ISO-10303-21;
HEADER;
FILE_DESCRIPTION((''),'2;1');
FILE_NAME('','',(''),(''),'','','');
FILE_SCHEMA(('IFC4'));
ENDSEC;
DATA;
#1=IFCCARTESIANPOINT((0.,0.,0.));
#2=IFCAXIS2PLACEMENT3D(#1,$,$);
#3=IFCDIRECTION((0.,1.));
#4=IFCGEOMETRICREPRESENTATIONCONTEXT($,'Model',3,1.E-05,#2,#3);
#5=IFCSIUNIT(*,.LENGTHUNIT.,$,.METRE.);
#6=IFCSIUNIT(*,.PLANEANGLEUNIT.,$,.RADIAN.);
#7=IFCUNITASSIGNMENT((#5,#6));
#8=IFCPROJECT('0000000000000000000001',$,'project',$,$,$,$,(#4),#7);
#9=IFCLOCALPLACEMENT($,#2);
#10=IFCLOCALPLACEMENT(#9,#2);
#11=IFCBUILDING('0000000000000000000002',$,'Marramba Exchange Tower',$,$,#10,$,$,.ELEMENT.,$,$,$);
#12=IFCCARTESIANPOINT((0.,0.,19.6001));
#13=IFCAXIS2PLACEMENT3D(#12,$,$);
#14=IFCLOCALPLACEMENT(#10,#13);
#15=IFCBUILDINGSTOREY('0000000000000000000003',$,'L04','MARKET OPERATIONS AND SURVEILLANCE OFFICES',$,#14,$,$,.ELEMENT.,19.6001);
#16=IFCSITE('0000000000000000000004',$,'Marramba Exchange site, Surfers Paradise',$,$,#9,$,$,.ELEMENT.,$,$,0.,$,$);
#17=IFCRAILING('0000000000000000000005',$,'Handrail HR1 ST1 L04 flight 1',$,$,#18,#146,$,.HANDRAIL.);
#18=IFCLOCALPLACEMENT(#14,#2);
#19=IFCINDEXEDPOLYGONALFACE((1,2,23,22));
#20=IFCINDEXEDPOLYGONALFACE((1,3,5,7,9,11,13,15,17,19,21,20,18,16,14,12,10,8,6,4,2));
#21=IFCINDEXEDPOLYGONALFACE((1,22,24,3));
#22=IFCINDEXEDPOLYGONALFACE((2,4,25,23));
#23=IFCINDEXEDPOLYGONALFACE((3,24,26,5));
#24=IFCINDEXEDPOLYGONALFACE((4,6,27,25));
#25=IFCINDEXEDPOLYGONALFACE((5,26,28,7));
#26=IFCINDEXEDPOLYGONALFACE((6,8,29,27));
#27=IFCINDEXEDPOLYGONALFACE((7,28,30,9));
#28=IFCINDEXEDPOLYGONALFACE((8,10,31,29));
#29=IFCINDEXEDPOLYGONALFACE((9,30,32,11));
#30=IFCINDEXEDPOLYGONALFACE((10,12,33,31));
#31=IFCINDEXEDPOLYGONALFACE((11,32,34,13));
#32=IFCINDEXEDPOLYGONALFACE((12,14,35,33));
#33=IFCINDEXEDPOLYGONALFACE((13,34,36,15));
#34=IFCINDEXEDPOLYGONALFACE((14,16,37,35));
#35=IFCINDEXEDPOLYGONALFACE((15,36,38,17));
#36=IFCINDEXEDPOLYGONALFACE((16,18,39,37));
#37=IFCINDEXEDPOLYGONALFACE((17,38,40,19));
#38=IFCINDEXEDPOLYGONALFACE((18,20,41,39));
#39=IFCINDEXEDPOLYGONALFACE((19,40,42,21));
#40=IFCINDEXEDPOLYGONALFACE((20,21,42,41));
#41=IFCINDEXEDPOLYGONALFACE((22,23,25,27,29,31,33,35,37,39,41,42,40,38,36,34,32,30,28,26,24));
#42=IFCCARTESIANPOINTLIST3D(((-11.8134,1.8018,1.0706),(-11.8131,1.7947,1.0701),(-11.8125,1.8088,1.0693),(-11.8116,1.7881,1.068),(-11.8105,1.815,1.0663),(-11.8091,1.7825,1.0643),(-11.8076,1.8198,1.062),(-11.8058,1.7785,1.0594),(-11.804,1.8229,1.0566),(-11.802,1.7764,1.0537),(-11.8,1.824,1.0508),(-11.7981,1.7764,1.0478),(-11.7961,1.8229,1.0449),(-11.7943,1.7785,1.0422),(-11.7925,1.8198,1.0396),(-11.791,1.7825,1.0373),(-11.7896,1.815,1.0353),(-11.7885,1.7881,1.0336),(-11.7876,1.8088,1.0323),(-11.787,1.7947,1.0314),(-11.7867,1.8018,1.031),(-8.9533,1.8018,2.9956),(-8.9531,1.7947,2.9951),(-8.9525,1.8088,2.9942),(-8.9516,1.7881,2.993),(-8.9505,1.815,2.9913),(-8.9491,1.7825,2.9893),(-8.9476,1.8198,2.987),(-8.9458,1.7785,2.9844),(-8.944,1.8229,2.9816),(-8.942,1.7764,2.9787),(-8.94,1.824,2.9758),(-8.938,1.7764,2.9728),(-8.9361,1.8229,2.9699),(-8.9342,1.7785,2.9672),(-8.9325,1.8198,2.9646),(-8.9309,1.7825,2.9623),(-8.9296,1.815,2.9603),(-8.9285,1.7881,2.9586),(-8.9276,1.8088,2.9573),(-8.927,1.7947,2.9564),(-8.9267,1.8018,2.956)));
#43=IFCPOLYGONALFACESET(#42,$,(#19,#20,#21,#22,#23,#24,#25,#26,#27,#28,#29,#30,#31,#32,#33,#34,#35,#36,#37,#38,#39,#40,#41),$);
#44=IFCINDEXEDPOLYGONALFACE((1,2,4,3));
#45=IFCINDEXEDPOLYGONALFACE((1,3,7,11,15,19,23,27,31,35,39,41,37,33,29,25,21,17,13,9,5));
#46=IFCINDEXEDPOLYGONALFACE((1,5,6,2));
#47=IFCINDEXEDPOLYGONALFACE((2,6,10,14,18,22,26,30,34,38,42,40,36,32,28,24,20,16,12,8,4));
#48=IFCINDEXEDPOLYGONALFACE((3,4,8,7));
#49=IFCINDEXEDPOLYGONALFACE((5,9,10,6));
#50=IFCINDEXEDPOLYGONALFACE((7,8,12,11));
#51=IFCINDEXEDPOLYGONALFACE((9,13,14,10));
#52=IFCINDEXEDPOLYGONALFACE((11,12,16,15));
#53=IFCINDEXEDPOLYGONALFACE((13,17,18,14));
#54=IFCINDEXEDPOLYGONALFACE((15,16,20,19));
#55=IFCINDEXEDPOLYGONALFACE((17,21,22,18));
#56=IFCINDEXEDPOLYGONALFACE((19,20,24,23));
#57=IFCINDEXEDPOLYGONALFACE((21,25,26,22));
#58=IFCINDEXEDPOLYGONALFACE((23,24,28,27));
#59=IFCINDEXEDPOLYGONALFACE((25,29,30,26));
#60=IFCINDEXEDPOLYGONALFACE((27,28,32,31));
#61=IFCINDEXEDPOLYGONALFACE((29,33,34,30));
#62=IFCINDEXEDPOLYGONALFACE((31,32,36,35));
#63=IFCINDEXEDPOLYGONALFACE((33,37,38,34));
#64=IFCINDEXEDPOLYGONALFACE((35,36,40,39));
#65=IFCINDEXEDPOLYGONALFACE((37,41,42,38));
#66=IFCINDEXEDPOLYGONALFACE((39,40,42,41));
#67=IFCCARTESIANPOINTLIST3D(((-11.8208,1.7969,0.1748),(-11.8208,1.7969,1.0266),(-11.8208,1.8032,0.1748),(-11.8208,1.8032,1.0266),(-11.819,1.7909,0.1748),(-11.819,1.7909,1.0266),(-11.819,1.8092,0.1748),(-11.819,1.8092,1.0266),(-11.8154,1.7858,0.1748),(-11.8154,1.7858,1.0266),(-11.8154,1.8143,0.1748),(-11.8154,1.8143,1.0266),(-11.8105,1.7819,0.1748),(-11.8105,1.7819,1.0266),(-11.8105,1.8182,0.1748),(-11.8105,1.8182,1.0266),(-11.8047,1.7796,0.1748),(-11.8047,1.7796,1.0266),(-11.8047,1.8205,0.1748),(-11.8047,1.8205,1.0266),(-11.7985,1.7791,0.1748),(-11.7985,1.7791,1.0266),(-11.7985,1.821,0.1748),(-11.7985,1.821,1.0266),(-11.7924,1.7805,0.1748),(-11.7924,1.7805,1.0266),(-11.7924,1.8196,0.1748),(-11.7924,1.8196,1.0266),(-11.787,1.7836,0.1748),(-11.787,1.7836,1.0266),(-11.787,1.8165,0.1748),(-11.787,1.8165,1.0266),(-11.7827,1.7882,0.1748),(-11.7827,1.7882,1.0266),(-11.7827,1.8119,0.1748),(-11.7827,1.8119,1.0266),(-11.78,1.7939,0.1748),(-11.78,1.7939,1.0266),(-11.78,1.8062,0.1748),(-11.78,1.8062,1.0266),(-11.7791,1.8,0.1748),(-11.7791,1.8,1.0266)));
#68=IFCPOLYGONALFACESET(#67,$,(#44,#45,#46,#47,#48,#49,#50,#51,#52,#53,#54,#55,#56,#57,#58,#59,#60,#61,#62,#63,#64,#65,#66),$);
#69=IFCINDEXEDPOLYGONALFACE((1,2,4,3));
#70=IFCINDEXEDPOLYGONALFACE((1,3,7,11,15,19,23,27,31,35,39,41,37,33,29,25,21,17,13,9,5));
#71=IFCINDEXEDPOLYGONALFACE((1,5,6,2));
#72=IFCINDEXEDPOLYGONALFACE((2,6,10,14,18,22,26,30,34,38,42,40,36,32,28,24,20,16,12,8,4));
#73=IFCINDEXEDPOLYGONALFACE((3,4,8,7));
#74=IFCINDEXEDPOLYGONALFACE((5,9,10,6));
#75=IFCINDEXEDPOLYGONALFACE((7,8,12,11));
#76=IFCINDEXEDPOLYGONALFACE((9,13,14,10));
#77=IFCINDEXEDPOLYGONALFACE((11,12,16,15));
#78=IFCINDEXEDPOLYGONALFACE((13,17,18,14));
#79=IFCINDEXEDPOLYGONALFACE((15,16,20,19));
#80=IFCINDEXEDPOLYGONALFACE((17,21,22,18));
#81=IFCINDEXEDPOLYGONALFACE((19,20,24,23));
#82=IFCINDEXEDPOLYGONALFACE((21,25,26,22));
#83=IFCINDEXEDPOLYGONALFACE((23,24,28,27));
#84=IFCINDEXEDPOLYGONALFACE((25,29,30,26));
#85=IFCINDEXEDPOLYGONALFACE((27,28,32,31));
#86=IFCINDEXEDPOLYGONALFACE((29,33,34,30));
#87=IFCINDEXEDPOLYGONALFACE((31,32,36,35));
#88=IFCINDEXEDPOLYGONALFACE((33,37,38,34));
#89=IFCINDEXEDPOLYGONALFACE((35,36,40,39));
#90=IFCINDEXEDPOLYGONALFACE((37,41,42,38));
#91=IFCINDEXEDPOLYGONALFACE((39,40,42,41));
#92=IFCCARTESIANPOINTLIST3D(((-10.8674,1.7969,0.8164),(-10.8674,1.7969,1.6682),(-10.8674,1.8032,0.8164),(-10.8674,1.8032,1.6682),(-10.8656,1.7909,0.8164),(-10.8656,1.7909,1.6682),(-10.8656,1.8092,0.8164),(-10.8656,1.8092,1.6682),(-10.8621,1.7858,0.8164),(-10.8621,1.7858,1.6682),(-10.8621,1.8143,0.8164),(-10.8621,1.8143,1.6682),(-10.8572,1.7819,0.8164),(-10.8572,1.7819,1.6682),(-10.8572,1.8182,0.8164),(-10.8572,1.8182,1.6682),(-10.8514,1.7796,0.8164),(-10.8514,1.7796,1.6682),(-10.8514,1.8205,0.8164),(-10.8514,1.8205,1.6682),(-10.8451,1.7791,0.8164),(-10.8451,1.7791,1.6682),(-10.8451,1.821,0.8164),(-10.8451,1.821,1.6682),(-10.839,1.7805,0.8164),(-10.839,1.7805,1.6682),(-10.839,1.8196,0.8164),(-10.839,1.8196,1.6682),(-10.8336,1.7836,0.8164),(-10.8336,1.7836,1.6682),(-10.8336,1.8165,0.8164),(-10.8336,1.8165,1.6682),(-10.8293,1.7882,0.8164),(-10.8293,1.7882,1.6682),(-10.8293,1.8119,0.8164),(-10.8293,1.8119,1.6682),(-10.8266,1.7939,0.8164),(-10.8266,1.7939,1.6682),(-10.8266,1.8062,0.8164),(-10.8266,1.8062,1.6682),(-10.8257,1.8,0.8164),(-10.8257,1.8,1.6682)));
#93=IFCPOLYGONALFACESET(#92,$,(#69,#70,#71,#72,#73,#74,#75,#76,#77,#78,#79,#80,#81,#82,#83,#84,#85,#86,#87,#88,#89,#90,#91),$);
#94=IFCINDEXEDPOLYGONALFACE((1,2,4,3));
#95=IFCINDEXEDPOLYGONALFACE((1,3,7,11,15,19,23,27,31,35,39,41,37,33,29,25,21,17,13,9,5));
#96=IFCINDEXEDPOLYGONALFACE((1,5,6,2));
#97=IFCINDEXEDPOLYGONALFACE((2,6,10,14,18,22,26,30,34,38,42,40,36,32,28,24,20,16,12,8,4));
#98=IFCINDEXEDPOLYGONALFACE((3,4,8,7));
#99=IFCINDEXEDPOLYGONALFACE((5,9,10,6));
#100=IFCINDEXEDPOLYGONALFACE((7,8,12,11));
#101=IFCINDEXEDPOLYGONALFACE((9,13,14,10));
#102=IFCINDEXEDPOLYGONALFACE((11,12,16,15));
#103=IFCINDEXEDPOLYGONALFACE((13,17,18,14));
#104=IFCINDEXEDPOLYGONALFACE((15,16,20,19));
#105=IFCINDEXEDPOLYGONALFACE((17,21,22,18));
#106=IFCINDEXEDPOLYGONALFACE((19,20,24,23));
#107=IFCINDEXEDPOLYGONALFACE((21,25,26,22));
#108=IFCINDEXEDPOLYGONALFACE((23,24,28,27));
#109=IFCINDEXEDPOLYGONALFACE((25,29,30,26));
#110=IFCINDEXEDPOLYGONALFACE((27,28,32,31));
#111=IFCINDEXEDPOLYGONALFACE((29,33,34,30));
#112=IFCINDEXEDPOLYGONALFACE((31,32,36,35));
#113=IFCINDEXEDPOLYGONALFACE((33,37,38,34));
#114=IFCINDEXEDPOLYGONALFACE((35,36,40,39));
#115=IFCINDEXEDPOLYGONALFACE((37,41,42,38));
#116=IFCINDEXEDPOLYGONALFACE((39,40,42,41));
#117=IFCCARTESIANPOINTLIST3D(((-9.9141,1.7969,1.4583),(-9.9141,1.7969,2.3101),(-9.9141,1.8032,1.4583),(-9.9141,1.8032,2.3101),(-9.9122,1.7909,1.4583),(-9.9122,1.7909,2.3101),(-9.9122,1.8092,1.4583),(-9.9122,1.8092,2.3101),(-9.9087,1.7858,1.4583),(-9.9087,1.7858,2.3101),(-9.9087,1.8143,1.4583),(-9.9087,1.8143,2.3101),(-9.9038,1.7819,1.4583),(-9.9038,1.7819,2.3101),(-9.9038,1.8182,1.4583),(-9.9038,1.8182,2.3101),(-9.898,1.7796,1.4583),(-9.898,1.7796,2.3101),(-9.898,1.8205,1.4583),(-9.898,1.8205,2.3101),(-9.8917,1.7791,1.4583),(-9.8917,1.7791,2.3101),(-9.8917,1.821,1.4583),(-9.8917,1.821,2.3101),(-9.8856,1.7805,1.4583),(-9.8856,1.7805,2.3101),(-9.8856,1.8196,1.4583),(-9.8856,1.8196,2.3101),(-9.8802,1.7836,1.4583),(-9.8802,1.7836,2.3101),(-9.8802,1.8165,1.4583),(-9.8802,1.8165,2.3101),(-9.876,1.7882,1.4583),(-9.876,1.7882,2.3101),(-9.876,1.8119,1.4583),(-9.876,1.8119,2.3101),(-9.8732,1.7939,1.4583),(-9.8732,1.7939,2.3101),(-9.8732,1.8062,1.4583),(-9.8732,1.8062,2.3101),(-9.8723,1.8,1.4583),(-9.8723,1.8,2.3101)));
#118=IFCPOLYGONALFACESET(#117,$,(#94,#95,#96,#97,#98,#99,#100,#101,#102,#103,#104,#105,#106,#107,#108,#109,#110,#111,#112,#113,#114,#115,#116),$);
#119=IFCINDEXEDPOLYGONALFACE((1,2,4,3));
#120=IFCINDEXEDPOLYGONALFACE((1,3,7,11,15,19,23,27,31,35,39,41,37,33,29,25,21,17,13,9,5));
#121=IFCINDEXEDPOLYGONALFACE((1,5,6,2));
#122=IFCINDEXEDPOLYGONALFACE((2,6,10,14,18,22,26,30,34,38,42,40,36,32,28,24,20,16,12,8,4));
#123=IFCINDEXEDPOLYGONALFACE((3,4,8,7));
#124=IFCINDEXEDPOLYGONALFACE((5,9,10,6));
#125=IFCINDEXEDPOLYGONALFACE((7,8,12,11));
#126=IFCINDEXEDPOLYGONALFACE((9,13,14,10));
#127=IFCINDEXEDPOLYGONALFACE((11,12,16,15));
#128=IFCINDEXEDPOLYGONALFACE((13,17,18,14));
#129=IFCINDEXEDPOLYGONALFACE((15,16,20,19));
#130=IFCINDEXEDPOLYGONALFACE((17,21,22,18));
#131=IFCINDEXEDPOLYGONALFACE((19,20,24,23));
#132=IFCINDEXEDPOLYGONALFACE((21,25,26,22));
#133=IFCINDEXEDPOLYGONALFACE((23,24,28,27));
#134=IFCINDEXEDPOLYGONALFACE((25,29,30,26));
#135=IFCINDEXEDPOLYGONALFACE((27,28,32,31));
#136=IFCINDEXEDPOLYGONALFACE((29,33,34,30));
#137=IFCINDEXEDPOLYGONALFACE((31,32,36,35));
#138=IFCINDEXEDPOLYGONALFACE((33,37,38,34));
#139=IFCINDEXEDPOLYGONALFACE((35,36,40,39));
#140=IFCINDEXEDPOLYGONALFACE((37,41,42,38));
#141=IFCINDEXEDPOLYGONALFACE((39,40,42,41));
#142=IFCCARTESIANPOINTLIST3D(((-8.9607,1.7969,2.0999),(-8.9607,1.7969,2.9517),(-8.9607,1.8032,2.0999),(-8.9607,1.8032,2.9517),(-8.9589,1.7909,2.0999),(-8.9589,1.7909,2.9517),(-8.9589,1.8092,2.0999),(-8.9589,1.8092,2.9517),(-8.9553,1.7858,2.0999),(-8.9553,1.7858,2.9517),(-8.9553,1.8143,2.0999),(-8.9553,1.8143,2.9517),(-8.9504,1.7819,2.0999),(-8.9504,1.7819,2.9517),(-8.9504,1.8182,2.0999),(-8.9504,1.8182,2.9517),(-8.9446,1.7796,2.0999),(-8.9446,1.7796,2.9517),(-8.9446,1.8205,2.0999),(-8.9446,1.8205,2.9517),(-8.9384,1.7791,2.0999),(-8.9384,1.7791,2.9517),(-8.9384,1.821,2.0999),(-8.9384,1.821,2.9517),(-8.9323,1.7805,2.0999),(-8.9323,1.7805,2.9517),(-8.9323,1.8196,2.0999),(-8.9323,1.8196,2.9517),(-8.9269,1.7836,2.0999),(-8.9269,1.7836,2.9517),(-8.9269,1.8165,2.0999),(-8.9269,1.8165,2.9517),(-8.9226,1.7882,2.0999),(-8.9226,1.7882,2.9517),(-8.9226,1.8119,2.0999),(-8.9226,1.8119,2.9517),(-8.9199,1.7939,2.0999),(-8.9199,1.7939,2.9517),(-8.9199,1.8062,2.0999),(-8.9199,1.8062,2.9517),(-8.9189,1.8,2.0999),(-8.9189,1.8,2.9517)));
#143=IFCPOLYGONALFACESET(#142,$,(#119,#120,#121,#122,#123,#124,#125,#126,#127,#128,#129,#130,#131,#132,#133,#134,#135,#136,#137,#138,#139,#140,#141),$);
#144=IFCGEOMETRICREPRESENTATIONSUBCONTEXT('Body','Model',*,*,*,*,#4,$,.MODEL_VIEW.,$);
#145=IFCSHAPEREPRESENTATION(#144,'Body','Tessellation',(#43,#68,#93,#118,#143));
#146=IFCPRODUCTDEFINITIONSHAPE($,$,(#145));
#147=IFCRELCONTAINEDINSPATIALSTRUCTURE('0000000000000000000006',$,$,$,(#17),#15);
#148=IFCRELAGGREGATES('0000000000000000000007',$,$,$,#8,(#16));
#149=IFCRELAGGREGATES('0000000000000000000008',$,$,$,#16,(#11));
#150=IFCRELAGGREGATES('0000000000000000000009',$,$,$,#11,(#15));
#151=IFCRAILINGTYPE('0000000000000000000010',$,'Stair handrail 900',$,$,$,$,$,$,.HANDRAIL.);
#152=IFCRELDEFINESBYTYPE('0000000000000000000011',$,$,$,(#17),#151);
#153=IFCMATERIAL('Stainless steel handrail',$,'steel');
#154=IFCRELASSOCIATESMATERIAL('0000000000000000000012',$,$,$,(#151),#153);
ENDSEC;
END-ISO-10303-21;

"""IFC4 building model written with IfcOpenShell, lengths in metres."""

from ifc_helpers import new_model, si_unit, direction, frame, origin, origin_2d, place, context, subcontext, project, spatial, circle, extrude, material, type_object, element, save


model = new_model("IFC4")

# Units and contexts
model_context = context("Model", 3, precision=1e-05, world=origin(), true_north=direction((0.0, 1.0)))
body_context = subcontext(model_context, "Body", "Model", "MODEL_VIEW")
ifc_project = project(units=[si_unit("LENGTHUNIT", "METRE"), si_unit("PLANEANGLEUNIT", "RADIAN")], contexts=[model_context])

# Site, building, storey
site_placement = place(None, origin())
site = spatial("IfcSite", under=ifc_project, at=site_placement, Name="Marramba Exchange site, Surfers Paradise", CompositionType="ELEMENT", RefElevation=0.0)
building_placement = place(site_placement, origin())
building = spatial("IfcBuilding", under=site, at=building_placement, Name="Marramba Exchange Tower", CompositionType="ELEMENT")
storey_placement = place(building_placement, frame((0.0, 0.0, 19.6001)))
storey = spatial("IfcBuildingStorey", under=building, at=storey_placement, Name="L04", Description="MARKET OPERATIONS AND SURVEILLANCE OFFICES", CompositionType="ELEMENT", Elevation=19.6001)

# Railing
ifc_material_1 = material(Name="Stainless steel handrail", Category="steel")
railing_type = type_object("IfcRailingType", Name="Stair handrail 900", PredefinedType="HANDRAIL", material=ifc_material_1)
railing_1_placement = place(storey_placement, frame((-11.8, 1.8, 0.1748)))
element("IfcRailing", 1, at=railing_1_placement, inside=storey, type_object=railing_type, Name="Handrail HR1 ST1 L04 flight 1", PredefinedType="HANDRAIL", context=body_context, shape_type="SweptSolid", body=[
    extrude(circle(Radius=0.0239, at=origin_2d()), frame((0.0, 0.0, 0.876), z_axis=(0.829591, 0.0, 0.558372), x_axis=(0.0, 1.0, 0.0)), (0.0, 0.0, 1.0), 3.4475),
    extrude(circle(Radius=0.021, at=origin_2d()), origin(), (0.0, 0.0, 1.0), 0.8518),
    extrude(circle(Radius=0.021, at=origin_2d()), frame((0.9534, 0.0, 0.6416)), (0.0, 0.0, 1.0), 0.8518),
    extrude(circle(Radius=0.021, at=origin_2d()), frame((1.9067, 0.0, 1.2834)), (0.0, 0.0, 1.0), 0.8518),
    extrude(circle(Radius=0.021, at=origin_2d()), frame((2.8601, 0.0, 1.925)), (0.0, 0.0, 1.0), 0.8518),
])

save(model, "model.ifc")
